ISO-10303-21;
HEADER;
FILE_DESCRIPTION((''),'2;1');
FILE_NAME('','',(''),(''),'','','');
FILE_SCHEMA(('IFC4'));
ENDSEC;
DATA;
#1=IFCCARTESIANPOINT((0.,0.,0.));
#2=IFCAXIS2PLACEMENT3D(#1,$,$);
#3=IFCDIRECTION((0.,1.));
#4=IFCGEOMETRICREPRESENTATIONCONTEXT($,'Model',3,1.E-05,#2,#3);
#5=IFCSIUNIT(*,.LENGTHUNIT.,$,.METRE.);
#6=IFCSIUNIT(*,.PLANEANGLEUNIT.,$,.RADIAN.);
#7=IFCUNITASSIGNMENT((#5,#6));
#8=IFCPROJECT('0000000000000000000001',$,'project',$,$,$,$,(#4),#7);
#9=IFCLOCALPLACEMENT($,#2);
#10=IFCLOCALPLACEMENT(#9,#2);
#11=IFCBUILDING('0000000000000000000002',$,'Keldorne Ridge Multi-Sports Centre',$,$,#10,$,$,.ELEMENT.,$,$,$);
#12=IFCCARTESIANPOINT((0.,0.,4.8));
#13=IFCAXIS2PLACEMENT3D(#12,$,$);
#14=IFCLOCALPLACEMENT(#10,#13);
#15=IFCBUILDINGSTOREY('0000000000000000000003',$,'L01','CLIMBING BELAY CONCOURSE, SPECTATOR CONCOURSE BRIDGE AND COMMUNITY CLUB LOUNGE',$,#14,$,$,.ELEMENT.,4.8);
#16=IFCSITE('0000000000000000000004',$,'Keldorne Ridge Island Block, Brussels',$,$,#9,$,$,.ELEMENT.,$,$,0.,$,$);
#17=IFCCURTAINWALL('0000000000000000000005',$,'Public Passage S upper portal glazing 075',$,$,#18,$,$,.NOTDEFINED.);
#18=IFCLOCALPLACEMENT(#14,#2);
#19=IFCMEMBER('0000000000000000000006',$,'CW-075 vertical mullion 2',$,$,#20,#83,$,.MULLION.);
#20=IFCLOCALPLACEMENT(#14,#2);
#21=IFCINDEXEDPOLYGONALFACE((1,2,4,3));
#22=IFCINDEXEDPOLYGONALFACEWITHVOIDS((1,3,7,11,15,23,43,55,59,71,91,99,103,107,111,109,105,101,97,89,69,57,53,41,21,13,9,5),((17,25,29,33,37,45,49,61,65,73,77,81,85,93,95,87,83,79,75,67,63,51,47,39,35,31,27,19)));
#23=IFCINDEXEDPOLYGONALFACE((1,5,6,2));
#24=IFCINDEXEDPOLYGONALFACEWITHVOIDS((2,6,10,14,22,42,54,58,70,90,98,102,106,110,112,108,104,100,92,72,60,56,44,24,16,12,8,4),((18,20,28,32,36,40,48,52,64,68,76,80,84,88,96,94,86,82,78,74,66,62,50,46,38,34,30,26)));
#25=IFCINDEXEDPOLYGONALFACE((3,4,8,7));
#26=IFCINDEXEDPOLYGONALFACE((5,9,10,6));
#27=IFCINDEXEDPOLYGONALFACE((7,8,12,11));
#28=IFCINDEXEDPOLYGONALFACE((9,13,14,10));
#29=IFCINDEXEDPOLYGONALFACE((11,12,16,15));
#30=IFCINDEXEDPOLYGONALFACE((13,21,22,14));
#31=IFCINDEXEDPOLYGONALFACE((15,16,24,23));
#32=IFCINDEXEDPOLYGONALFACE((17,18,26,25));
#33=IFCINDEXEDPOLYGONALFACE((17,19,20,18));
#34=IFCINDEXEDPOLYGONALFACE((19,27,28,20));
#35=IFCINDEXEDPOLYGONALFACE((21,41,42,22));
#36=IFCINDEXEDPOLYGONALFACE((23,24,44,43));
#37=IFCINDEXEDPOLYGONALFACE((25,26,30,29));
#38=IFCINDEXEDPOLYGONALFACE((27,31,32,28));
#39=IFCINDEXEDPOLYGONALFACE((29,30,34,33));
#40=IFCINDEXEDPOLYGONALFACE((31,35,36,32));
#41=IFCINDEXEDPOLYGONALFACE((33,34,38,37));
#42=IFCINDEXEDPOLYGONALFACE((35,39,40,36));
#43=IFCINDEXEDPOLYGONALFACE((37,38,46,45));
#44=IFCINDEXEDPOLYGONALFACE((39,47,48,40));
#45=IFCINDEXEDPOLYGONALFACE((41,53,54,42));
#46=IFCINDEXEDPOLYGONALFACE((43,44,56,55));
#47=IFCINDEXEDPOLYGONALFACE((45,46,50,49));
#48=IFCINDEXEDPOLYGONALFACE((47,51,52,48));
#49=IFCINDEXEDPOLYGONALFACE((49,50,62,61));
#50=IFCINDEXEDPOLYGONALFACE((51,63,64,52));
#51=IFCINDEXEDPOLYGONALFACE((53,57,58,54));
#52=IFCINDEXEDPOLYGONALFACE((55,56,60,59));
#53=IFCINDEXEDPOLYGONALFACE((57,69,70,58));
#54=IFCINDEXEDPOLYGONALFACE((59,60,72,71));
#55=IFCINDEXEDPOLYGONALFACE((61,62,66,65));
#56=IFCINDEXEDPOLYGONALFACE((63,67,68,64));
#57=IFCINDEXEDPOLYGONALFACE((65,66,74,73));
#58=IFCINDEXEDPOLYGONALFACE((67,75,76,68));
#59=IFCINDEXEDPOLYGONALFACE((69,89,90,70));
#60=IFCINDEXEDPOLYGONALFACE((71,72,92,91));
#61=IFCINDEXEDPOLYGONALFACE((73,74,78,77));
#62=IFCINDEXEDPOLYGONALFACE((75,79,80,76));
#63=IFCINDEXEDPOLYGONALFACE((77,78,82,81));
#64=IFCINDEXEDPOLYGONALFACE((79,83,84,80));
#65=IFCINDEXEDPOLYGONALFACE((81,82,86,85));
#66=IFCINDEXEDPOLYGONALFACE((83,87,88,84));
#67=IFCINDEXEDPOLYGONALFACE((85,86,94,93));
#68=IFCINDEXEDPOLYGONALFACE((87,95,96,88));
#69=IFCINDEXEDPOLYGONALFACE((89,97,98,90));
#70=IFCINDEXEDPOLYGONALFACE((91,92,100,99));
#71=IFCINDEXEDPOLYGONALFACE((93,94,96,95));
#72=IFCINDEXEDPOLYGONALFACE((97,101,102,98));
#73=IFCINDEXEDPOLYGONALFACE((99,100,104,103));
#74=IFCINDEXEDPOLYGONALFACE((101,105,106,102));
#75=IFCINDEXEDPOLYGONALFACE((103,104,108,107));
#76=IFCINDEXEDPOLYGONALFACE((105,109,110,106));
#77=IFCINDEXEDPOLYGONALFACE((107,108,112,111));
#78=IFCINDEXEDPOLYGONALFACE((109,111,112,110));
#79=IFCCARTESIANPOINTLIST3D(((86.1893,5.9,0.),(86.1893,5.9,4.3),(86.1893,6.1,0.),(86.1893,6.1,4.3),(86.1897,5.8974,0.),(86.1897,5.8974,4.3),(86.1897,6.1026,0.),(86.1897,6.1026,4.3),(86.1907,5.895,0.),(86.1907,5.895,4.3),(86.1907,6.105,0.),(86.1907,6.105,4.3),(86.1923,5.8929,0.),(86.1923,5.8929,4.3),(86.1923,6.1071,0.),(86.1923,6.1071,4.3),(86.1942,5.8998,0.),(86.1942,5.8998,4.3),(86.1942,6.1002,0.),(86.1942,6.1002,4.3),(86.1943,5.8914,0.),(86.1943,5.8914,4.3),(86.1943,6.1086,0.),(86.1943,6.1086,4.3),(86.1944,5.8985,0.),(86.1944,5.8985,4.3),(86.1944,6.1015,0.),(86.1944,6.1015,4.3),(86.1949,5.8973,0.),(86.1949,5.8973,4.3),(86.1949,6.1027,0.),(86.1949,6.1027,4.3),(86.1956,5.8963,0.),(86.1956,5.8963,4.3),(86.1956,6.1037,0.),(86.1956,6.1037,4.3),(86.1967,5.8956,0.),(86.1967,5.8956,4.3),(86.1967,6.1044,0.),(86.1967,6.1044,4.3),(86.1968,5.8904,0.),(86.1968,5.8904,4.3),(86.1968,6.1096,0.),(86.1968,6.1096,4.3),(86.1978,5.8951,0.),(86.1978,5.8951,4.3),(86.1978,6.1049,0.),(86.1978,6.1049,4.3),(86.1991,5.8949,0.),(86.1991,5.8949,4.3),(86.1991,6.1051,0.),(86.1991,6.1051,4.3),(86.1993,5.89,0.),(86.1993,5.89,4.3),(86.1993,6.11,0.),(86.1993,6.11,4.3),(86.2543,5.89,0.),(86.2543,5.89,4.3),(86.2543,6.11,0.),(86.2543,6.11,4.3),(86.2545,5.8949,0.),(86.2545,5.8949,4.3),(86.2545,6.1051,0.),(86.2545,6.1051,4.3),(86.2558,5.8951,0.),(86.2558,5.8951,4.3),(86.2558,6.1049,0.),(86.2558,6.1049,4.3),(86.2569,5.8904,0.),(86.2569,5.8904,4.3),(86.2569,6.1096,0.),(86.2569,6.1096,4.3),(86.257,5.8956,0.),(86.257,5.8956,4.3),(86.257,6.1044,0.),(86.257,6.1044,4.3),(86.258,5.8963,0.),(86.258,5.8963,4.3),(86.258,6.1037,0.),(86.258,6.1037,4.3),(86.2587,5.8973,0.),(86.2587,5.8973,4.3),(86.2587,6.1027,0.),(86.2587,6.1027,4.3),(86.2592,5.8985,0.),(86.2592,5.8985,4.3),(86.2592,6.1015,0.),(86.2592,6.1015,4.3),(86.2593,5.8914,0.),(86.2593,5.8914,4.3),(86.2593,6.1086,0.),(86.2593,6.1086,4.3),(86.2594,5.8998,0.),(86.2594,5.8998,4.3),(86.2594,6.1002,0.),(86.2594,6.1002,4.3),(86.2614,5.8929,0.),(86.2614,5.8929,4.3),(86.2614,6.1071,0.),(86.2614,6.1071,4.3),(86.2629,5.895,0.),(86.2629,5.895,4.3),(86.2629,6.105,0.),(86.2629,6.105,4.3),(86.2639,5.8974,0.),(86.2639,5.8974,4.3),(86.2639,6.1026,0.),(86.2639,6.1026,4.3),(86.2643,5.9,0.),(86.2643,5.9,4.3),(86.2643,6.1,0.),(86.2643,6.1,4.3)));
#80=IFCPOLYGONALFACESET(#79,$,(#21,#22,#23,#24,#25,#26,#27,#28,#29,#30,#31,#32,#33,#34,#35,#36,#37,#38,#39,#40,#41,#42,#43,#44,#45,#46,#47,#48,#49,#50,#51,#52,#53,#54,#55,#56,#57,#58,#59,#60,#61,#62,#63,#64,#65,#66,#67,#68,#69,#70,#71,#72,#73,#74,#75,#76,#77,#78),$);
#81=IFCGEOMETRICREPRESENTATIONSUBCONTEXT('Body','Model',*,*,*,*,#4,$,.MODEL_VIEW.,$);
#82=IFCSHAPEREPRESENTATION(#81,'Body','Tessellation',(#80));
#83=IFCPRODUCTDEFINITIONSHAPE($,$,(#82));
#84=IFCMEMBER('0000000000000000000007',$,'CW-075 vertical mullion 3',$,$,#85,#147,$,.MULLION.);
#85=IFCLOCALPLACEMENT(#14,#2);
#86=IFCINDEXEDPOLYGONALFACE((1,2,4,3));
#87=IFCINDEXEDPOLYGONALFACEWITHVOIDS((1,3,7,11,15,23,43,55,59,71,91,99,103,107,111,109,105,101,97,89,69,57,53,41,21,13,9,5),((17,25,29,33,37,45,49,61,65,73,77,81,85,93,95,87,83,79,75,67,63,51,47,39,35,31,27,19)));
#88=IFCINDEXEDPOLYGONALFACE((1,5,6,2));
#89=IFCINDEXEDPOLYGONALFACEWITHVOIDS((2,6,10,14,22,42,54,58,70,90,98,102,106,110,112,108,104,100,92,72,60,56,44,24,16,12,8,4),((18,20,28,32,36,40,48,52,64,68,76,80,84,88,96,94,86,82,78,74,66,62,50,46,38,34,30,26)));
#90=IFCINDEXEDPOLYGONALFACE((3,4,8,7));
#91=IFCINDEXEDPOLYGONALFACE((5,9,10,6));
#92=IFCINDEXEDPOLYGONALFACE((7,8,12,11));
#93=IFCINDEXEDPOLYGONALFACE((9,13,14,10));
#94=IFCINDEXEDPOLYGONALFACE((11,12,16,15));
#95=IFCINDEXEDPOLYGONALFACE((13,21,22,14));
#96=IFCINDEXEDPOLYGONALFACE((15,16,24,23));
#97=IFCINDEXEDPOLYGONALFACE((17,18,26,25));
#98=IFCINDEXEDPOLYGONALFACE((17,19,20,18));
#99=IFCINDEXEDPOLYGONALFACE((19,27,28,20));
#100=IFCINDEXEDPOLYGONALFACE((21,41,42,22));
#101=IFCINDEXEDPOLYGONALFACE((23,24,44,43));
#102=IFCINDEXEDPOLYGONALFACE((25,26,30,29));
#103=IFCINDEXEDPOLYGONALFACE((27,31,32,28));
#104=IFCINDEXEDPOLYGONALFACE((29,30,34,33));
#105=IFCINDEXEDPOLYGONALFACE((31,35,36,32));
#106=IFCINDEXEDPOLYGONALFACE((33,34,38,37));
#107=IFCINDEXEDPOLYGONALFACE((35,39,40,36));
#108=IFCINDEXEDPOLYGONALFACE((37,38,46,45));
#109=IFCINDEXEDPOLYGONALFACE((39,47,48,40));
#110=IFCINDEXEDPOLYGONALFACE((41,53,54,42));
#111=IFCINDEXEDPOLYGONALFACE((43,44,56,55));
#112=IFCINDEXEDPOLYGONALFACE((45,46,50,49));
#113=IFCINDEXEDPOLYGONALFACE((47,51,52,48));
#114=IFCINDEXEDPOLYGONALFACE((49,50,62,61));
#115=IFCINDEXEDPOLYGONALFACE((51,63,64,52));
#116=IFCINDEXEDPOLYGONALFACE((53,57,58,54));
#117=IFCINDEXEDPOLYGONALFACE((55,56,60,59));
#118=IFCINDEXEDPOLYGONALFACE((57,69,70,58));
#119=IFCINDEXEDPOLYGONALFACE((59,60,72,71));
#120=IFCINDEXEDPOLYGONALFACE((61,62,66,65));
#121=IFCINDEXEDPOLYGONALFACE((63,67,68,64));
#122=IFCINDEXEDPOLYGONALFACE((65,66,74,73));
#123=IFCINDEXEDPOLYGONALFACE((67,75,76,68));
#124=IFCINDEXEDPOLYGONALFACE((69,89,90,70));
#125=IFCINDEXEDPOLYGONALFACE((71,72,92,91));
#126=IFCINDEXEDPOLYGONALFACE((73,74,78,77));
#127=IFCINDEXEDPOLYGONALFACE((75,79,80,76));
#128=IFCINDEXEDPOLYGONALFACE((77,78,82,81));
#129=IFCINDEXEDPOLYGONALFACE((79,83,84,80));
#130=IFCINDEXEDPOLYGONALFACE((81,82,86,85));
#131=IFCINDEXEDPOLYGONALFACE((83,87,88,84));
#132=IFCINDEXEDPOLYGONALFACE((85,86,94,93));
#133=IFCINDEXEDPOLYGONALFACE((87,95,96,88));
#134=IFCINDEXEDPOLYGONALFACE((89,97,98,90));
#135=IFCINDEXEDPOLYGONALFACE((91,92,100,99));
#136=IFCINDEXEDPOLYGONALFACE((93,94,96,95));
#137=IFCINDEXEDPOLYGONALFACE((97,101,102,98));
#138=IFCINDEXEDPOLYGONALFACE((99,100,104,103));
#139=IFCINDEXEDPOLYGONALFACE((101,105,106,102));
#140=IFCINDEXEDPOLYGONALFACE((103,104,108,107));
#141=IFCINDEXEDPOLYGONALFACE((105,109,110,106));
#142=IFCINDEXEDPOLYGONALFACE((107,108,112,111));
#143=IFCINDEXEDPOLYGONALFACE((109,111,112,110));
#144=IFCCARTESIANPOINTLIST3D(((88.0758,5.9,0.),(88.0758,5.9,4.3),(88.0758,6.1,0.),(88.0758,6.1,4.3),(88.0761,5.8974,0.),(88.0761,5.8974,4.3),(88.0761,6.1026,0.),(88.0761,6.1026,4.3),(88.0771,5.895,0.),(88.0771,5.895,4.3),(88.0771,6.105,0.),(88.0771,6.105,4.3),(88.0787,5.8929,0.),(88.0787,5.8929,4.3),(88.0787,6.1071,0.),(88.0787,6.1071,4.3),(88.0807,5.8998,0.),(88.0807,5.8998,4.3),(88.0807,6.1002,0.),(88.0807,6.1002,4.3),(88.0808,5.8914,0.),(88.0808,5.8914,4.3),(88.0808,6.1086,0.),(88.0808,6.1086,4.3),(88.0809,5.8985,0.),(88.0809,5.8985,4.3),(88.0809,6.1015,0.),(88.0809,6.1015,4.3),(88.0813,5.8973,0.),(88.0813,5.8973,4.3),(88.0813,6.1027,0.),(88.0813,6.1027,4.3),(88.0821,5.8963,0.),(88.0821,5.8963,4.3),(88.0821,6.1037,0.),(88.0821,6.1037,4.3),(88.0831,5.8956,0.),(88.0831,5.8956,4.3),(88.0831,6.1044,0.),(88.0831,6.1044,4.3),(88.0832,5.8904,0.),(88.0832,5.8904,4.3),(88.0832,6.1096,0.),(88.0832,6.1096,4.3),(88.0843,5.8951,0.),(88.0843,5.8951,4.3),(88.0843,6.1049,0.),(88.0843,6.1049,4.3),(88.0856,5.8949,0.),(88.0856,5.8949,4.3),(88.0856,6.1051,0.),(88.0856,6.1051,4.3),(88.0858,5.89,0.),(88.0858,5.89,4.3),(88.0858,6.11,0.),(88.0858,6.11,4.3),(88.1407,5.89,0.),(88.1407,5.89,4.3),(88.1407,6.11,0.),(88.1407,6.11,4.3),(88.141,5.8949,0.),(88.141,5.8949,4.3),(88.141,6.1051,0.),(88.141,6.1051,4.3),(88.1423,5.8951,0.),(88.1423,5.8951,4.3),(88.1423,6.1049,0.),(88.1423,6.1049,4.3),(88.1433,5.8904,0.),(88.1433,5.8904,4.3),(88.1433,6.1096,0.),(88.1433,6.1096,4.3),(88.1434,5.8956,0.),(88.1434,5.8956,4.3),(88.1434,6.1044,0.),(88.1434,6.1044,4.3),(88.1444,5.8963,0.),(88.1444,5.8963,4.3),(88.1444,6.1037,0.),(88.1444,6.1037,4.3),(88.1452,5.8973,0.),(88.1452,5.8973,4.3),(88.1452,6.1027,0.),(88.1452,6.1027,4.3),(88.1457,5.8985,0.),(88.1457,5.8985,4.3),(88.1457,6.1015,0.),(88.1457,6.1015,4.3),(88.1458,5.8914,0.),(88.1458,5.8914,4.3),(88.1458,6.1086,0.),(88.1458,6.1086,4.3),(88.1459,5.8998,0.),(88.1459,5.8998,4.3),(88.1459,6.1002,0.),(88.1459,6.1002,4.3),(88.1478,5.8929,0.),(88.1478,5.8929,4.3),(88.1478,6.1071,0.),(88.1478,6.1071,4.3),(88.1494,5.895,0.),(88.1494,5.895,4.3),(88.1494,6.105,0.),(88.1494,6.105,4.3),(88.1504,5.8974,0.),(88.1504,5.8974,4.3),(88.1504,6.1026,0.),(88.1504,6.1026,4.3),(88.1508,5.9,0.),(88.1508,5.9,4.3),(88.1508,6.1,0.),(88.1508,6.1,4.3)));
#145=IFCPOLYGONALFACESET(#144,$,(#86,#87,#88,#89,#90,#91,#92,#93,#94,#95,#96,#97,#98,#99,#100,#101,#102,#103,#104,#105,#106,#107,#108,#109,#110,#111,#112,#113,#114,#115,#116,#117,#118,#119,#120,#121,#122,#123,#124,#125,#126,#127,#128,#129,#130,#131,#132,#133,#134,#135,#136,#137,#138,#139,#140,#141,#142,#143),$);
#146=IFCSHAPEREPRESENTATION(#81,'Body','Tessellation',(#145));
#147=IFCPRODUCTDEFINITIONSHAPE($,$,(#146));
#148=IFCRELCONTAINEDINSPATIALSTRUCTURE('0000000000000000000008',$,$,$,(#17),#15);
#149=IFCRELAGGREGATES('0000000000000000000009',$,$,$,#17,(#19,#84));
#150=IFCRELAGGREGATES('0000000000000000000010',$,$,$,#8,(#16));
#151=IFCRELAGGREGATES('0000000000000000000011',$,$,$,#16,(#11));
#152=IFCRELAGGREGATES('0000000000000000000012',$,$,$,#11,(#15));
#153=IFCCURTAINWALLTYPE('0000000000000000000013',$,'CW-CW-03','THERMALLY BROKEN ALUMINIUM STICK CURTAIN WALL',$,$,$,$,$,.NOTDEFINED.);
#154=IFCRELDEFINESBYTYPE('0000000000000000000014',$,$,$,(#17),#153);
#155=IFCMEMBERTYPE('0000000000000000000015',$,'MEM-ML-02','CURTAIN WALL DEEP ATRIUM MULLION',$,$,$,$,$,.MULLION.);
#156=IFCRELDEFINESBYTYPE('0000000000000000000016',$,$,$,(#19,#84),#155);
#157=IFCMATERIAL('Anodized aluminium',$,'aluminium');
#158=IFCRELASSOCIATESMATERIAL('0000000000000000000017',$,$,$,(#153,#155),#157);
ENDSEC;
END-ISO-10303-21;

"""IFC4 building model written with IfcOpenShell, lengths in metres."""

from ifc_helpers import new_model, si_unit, direction, frame, origin, origin_2d, place, context, subcontext, project, spatial, hollow_rectangle, extrude, material, material_profile, profile_set, type_object, element, aggregate, save


model = new_model("IFC4")

# Units and contexts
model_context = context("Model", 3, precision=1e-05, world=origin(), true_north=direction((0.0, 1.0)))
body_context = subcontext(model_context, "Body", "Model", "MODEL_VIEW")
ifc_project = project(units=[si_unit("LENGTHUNIT", "METRE"), si_unit("PLANEANGLEUNIT", "RADIAN")], contexts=[model_context])

# Site, building, storey
site_placement = place(None, origin())
site = spatial("IfcSite", under=ifc_project, at=site_placement, Name="Keldorne Ridge Island Block, Brussels", CompositionType="ELEMENT", RefElevation=0.0)
building_placement = place(site_placement, origin())
building = spatial("IfcBuilding", under=site, at=building_placement, Name="Keldorne Ridge Multi-Sports Centre", CompositionType="ELEMENT")
storey_placement = place(building_placement, frame((0.0, 0.0, 4.8)))
storey = spatial("IfcBuildingStorey", under=building, at=storey_placement, Name="L01", Description="CLIMBING BELAY CONCOURSE, SPECTATOR CONCOURSE BRIDGE AND COMMUNITY CLUB LOUNGE", CompositionType="ELEMENT", Elevation=4.8)

# Curtain wall, members
ifc_material_1 = material(Name="Anodized aluminium", Category="aluminium")
curtain_wall_type = type_object("IfcCurtainWallType", Name="CW-CW-03", Description="THERMALLY BROKEN ALUMINIUM STICK CURTAIN WALL", PredefinedType="NOTDEFINED", material=ifc_material_1)
curtain_wall_placement = place(storey_placement, origin())
curtain_wall = element("IfcCurtainWall", 1, at=curtain_wall_placement, inside=storey, type_object=curtain_wall_type, Name="Public Passage S upper portal glazing 075", PredefinedType="NOTDEFINED")
ifc_material_profile_1 = material_profile(ifc_material_1, hollow_rectangle(XDim=0.075, YDim=0.22, WallThickness=0.0049, InnerFilletRadius=0.0049, OuterFilletRadius=0.01, at=origin_2d()), Name="ALU MULLION 220x75x5")
ifc_profile_set_1 = profile_set([ifc_material_profile_1], Name="Anodized aluminium")
member_type_1 = type_object("IfcMemberType", Name="MEM-ML-02", Description="CURTAIN WALL DEEP ATRIUM MULLION", PredefinedType="MULLION", material=ifc_profile_set_1)
member_1_placement = place(storey_placement, frame((86.2268, 6.0, 0.0), z_axis=(0.0, 0.0, 1.0), x_axis=(1.0, 0.0, 0.0)))
member_1 = element("IfcMember", 2, at=member_1_placement, type_object=member_type_1, Name="CW-075 vertical mullion 2", PredefinedType="MULLION", context=body_context, shape_type="SweptSolid", body=[
    extrude(hollow_rectangle(XDim=0.075, YDim=0.22, WallThickness=0.0049, InnerFilletRadius=0.0049, OuterFilletRadius=0.01, at=origin_2d()), origin(), (0.0, 0.0, 1.0), 4.3),
])
member_2_placement = place(storey_placement, frame((88.1133, 6.0, 0.0), z_axis=(0.0, 0.0, 1.0), x_axis=(1.0, 0.0, 0.0)))
member_2 = element("IfcMember", 3, at=member_2_placement, type_object=member_type_1, Name="CW-075 vertical mullion 3", PredefinedType="MULLION", context=body_context, shape_type="SweptSolid", body=[
    extrude(hollow_rectangle(XDim=0.075, YDim=0.22, WallThickness=0.0049, InnerFilletRadius=0.0049, OuterFilletRadius=0.01, at=origin_2d()), origin(), (0.0, 0.0, 1.0), 4.3),
])
aggregate(curtain_wall, [member_1, member_2])

save(model, "model.ifc")
